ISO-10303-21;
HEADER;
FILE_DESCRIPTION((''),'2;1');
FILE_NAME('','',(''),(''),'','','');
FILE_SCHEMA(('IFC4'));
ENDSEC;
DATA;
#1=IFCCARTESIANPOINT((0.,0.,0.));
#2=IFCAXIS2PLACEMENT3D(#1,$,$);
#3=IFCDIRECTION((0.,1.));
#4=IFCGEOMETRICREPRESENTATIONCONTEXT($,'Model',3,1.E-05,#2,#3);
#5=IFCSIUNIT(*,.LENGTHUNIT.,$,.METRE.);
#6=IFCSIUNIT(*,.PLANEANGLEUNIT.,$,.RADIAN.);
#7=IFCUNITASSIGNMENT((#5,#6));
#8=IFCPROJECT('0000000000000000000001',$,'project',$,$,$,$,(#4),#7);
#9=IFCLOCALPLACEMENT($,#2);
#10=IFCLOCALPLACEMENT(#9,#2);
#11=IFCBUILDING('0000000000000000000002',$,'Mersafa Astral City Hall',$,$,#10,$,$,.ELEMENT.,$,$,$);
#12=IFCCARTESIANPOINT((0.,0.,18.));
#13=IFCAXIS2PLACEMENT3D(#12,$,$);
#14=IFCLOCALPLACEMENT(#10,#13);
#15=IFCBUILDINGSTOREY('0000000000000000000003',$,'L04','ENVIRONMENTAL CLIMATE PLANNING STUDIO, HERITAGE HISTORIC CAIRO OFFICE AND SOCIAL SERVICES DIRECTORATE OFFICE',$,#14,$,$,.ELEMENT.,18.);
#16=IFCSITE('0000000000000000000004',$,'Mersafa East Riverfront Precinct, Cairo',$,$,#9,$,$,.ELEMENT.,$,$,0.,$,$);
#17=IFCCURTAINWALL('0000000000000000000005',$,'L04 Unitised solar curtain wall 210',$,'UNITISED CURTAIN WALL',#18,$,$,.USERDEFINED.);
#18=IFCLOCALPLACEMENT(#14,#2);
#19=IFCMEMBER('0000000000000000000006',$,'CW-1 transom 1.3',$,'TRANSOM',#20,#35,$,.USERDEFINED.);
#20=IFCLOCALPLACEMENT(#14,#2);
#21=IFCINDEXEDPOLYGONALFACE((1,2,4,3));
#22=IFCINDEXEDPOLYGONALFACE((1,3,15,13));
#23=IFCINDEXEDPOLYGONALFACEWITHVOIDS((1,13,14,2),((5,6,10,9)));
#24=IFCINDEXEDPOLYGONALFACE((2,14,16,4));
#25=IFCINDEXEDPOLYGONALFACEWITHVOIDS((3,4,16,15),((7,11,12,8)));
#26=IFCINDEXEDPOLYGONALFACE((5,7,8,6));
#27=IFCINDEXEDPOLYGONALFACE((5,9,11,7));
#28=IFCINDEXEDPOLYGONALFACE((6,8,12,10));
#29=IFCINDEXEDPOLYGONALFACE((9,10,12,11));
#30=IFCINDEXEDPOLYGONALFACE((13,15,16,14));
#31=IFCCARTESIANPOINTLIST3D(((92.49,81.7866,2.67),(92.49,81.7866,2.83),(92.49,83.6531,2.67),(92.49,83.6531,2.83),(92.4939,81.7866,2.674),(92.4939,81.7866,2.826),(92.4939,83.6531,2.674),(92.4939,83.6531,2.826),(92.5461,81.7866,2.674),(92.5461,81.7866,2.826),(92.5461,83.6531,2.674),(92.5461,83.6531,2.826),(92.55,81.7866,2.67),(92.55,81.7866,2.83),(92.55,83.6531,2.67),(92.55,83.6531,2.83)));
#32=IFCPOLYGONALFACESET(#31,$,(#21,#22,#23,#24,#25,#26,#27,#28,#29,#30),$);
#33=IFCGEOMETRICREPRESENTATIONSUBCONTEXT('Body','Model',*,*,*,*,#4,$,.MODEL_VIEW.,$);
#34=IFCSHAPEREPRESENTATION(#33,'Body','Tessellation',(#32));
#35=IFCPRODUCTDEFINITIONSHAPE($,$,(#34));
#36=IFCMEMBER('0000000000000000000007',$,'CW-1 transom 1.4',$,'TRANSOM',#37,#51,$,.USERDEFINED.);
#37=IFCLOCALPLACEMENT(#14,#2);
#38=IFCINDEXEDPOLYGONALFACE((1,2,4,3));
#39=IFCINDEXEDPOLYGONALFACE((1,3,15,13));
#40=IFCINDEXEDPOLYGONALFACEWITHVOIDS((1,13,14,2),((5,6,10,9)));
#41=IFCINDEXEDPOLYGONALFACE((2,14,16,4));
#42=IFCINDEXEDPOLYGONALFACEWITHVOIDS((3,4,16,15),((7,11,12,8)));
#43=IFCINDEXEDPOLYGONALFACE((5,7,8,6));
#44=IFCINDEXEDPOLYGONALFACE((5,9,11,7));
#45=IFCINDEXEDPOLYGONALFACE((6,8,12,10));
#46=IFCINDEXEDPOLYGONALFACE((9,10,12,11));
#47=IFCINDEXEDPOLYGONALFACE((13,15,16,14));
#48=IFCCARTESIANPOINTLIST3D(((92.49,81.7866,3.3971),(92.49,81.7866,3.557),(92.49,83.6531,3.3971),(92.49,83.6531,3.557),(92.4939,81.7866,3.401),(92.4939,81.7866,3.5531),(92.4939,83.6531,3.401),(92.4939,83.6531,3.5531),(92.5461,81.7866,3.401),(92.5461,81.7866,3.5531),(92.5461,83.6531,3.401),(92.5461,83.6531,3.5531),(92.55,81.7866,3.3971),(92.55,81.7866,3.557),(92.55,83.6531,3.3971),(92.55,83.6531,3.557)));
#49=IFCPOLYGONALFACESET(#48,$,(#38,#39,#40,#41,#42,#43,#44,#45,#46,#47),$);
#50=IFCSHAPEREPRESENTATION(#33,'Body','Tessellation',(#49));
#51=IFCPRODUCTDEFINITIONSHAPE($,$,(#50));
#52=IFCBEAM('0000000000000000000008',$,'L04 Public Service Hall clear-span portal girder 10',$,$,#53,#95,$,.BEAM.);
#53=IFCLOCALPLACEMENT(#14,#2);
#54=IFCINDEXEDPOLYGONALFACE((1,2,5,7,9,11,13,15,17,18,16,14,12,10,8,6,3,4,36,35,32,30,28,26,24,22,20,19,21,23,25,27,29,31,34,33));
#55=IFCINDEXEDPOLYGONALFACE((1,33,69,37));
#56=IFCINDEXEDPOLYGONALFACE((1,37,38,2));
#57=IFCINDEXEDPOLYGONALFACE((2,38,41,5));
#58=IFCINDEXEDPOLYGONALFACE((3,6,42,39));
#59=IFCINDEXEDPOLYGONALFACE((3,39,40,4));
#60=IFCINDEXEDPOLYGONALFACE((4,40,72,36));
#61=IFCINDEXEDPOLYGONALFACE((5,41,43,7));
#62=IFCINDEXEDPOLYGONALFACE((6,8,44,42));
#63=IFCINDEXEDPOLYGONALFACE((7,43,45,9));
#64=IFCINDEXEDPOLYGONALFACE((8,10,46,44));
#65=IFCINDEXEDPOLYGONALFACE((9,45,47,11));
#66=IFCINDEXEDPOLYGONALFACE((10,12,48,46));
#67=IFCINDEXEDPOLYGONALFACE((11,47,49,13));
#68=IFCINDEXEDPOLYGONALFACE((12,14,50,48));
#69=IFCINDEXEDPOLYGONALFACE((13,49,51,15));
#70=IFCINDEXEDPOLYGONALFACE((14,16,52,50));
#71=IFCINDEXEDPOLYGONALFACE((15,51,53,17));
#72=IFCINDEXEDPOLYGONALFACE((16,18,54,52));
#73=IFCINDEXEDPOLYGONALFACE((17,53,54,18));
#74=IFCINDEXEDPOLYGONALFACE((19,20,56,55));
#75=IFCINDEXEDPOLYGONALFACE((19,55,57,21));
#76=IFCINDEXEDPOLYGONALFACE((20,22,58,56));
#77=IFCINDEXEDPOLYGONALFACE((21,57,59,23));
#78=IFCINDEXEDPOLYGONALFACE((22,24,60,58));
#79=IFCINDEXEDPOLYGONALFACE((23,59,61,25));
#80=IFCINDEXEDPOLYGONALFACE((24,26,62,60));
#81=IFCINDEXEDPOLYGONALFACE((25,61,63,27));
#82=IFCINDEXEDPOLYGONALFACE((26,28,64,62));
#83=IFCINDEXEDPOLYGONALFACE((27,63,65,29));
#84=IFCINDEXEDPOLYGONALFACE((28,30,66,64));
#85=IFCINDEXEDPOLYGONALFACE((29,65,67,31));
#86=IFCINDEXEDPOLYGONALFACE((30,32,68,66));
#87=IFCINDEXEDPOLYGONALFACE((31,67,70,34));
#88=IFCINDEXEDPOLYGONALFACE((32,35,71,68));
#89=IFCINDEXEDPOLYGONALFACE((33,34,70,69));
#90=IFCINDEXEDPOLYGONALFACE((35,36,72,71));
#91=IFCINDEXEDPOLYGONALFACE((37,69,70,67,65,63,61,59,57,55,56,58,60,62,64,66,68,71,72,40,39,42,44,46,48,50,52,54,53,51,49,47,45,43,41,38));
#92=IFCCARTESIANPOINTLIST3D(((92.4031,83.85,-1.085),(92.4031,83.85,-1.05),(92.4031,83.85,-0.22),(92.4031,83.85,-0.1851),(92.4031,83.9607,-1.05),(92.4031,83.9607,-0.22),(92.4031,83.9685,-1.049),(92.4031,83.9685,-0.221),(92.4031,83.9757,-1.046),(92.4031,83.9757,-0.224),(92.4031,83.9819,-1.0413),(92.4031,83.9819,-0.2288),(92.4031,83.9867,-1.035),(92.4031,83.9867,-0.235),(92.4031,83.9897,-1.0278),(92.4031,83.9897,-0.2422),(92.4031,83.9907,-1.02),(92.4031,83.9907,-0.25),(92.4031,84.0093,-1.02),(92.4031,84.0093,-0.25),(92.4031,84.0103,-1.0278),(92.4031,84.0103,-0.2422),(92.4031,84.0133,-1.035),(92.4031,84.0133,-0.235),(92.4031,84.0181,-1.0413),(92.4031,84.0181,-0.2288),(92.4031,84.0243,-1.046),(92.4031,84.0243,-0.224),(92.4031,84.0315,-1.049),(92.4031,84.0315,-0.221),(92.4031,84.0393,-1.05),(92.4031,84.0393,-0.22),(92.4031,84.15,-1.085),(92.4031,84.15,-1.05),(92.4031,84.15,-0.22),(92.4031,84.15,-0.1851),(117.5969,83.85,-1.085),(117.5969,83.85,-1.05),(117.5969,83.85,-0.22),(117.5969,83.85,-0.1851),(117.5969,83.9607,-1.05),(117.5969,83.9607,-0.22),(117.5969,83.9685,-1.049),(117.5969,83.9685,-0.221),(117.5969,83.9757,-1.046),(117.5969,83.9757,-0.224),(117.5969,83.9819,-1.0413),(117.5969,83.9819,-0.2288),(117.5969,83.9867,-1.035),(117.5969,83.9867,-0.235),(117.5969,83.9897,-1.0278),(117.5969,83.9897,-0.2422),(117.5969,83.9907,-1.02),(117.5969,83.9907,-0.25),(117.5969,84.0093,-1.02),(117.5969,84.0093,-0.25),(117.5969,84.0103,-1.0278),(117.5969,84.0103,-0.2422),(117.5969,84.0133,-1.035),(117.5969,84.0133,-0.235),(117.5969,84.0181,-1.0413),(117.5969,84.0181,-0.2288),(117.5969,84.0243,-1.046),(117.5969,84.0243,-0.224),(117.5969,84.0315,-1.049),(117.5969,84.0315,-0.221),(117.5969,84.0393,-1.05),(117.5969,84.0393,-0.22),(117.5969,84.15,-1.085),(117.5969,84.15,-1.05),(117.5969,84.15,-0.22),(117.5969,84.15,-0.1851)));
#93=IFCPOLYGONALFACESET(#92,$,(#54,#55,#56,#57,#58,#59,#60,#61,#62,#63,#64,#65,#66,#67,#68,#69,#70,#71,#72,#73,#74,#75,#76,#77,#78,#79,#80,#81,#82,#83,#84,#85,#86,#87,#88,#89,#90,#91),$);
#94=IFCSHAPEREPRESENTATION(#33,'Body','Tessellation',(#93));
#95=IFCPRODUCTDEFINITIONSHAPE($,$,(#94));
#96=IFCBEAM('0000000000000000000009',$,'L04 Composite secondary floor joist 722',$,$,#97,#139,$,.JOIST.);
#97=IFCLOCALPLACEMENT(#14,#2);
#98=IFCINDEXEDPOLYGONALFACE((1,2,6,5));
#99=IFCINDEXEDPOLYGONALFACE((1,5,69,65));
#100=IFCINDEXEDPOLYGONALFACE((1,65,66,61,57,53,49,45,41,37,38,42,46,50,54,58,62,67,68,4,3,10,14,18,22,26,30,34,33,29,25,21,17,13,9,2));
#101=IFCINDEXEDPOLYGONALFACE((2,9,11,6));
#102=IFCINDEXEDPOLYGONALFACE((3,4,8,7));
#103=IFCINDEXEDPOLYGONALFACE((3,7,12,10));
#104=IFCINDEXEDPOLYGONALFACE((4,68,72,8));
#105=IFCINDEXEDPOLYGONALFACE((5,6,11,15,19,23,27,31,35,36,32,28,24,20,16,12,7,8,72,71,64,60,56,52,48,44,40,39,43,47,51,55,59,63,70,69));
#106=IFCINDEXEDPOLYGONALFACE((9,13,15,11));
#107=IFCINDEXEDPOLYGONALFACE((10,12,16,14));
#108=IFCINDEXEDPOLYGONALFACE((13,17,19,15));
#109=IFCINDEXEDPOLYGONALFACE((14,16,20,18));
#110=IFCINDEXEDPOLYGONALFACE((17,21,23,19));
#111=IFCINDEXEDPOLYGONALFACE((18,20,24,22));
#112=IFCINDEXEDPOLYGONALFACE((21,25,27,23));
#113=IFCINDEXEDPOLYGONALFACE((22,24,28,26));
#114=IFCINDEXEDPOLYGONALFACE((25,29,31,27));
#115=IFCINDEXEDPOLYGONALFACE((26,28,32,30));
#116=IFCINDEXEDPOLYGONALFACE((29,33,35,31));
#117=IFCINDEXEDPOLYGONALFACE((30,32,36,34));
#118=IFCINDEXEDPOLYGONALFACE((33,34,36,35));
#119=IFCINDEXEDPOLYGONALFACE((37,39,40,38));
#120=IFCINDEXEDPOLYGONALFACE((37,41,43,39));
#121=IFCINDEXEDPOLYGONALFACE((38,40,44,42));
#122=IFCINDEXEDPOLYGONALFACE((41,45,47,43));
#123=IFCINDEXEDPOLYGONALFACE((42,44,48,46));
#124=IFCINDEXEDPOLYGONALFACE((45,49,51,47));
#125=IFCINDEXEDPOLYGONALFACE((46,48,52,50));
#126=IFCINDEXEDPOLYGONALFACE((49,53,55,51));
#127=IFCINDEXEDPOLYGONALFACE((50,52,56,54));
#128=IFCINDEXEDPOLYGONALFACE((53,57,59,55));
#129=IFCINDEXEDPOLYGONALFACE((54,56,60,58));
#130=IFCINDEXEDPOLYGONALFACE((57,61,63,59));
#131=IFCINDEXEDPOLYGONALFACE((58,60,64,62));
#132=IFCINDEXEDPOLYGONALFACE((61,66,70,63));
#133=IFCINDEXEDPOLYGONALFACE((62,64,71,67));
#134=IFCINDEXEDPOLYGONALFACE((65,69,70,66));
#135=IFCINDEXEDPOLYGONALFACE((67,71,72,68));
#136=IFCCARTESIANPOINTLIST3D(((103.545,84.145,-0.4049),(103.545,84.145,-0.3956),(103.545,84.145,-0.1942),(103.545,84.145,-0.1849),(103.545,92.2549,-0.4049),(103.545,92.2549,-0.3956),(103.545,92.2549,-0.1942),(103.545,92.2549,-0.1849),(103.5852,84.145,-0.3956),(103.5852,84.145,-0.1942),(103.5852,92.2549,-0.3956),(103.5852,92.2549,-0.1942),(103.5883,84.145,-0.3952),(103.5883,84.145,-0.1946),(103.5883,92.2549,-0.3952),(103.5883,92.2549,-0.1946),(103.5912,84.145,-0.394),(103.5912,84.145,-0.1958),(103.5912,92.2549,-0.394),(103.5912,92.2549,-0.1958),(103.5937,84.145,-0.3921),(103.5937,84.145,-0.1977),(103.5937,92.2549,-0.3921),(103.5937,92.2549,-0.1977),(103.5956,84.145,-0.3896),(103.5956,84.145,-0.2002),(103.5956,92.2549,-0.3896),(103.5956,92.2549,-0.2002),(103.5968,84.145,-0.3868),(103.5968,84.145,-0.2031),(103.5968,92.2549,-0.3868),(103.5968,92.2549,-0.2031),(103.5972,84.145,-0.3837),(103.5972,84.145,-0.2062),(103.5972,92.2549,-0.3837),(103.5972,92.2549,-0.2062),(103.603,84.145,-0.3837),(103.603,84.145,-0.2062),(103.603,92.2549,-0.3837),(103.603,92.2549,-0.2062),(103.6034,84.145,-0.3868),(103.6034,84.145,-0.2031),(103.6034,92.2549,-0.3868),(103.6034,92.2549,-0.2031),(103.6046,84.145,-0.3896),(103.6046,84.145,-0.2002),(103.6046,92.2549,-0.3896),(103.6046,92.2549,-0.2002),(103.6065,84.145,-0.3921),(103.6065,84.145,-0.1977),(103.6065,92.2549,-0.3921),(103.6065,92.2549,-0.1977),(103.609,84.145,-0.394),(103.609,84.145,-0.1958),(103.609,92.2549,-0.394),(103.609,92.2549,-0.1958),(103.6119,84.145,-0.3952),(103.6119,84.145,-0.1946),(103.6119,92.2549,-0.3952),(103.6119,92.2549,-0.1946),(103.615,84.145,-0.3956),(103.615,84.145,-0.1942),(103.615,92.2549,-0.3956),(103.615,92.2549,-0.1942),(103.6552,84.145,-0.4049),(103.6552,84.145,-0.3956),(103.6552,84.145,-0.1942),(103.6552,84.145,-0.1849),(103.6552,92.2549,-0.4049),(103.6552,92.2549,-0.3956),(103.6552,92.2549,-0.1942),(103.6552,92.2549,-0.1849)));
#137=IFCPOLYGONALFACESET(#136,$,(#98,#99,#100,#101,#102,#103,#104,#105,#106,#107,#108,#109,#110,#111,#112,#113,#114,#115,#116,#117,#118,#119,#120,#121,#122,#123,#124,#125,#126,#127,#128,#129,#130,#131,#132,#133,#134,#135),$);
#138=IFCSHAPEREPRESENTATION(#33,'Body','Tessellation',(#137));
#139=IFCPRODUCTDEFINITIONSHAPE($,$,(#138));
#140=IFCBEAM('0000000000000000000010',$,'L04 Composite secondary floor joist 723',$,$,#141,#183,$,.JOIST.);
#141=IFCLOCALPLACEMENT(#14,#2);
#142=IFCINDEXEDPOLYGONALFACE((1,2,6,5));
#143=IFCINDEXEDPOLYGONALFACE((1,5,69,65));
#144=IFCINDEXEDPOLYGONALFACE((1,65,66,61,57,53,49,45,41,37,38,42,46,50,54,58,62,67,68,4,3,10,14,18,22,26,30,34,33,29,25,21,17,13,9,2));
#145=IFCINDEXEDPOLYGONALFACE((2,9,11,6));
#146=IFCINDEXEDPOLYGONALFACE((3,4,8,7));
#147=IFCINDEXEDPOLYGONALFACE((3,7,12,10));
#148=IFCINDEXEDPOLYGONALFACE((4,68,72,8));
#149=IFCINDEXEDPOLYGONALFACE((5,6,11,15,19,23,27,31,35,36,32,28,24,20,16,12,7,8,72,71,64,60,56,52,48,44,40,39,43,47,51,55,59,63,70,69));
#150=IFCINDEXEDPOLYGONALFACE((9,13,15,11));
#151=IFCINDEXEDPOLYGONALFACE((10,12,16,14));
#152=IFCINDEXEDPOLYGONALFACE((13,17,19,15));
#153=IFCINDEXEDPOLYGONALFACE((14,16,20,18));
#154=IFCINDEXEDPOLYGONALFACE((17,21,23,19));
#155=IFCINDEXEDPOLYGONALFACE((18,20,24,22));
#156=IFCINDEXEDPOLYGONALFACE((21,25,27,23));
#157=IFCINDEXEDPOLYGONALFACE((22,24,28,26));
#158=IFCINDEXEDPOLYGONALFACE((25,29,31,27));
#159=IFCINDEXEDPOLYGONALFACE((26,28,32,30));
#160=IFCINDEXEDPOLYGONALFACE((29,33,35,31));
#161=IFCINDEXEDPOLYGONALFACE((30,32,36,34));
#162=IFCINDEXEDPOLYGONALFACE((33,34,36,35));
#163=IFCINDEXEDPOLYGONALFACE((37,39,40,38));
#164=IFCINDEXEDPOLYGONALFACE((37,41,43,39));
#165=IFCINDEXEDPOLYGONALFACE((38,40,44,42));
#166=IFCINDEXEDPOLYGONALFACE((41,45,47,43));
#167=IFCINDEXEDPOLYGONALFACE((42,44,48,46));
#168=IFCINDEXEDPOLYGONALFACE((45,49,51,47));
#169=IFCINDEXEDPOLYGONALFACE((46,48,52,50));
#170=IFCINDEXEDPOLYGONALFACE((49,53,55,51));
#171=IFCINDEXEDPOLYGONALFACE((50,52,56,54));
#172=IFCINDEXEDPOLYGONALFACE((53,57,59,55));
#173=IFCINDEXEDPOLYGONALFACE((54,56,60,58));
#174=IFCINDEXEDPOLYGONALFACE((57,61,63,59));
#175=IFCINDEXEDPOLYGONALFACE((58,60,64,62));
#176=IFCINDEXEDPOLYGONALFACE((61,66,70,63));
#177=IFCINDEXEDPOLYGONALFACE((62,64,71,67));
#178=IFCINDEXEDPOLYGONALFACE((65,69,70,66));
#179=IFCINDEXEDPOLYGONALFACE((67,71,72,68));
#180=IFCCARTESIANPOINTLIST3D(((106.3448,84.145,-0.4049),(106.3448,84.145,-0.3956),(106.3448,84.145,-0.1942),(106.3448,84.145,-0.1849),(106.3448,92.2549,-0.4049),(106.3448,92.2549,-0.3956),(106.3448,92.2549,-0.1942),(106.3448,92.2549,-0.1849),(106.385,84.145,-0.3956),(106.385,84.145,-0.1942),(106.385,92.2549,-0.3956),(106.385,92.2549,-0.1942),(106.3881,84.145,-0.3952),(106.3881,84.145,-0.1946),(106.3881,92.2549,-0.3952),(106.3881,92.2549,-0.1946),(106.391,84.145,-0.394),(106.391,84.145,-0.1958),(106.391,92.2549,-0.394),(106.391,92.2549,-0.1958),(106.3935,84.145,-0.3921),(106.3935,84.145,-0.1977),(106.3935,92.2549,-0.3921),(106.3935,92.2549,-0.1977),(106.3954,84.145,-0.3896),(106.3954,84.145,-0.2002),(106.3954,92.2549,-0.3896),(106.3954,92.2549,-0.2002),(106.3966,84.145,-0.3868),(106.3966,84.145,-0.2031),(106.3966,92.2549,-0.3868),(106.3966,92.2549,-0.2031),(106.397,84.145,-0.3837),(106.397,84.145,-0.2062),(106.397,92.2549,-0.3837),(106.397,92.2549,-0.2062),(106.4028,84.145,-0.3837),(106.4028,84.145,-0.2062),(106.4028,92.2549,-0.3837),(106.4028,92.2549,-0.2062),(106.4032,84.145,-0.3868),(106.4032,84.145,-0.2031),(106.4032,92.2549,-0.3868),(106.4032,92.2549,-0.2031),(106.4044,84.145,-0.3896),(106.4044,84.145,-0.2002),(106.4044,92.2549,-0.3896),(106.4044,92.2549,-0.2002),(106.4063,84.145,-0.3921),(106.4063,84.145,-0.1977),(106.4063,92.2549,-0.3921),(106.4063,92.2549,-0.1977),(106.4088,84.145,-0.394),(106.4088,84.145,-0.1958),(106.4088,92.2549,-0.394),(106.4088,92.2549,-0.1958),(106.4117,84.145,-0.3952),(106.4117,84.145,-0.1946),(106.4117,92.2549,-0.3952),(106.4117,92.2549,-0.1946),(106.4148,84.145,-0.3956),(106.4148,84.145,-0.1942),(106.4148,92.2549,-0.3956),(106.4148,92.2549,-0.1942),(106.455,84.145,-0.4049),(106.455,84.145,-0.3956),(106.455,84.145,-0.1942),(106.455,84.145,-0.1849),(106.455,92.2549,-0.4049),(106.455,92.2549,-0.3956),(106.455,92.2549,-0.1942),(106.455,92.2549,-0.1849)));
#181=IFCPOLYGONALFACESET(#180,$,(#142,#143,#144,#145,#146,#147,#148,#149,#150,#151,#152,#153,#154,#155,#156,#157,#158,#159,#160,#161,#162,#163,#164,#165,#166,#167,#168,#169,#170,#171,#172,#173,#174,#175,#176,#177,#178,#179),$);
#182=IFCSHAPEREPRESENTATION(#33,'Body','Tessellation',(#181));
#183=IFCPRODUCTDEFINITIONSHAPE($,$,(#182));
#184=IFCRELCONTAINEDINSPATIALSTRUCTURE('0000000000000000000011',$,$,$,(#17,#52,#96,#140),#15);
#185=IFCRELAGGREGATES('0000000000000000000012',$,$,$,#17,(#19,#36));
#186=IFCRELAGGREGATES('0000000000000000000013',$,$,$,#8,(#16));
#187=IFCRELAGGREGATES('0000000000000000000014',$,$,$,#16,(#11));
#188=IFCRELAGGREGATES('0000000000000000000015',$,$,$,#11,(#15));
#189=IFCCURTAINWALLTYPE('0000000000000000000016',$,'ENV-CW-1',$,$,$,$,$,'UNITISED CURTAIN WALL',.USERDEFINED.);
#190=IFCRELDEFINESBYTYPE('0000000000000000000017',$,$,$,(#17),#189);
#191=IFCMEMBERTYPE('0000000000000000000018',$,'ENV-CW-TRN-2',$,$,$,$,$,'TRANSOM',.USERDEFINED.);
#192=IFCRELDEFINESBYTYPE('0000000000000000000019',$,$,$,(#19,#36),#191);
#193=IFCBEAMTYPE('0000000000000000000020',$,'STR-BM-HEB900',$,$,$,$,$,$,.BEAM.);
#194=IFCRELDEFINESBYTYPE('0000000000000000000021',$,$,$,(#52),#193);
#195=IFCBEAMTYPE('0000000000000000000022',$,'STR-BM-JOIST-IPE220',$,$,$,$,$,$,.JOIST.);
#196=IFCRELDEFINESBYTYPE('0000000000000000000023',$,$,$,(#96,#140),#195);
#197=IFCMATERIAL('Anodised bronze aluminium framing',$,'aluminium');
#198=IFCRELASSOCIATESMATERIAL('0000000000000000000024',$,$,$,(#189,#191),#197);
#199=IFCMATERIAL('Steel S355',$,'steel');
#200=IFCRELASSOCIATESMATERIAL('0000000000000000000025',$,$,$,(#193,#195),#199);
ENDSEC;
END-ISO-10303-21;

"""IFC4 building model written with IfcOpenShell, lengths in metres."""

from ifc_helpers import new_model, si_unit, direction, frame, origin, origin_2d, place, context, subcontext, project, spatial, hollow_rectangle, i_section, extrude, material, material_profile, profile_set, type_object, element, aggregate, save


model = new_model("IFC4")

# Units and contexts
model_context = context("Model", 3, precision=1e-05, world=origin(), true_north=direction((0.0, 1.0)))
body_context = subcontext(model_context, "Body", "Model", "MODEL_VIEW")
ifc_project = project(units=[si_unit("LENGTHUNIT", "METRE"), si_unit("PLANEANGLEUNIT", "RADIAN")], contexts=[model_context])

# Site, building, storey
site_placement = place(None, origin())
site = spatial("IfcSite", under=ifc_project, at=site_placement, Name="Mersafa East Riverfront Precinct, Cairo", CompositionType="ELEMENT", RefElevation=0.0)
building_placement = place(site_placement, origin())
building = spatial("IfcBuilding", under=site, at=building_placement, Name="Mersafa Astral City Hall", CompositionType="ELEMENT")
storey_placement = place(building_placement, frame((0.0, 0.0, 18.0)))
storey = spatial("IfcBuildingStorey", under=building, at=storey_placement, Name="L04", Description="ENVIRONMENTAL CLIMATE PLANNING STUDIO, HERITAGE HISTORIC CAIRO OFFICE AND SOCIAL SERVICES DIRECTORATE OFFICE", CompositionType="ELEMENT", Elevation=18.0)

# Shared definitions
ifc_material_1 = material(Name="Steel S355", Category="steel")

# Shared definitions
ifc_material_2 = material(Name="Anodised bronze aluminium framing", Category="aluminium")

# Curtain wall
curtain_wall_type_1 = type_object("IfcCurtainWallType", Name="ENV-CW-1", ElementType="UNITISED CURTAIN WALL", PredefinedType="USERDEFINED", material=ifc_material_2)
curtain_wall_1_placement = place(storey_placement, origin())
curtain_wall_1 = element("IfcCurtainWall", 1, at=curtain_wall_1_placement, inside=storey, type_object=curtain_wall_type_1, Name="L04 Unitised solar curtain wall 210", ObjectType="UNITISED CURTAIN WALL", PredefinedType="USERDEFINED")

# Members
ifc_material_profile_1 = material_profile(ifc_material_2, hollow_rectangle(XDim=0.0601, YDim=0.1599, WallThickness=0.0039, at=origin_2d()), Name="RHS 60x160x4")
ifc_profile_set_1 = profile_set([ifc_material_profile_1], Name="Anodised bronze aluminium framing")
member_type_1 = type_object("IfcMemberType", Name="ENV-CW-TRN-2", ElementType="TRANSOM", PredefinedType="USERDEFINED", material=ifc_profile_set_1)
member_1_placement = place(storey_placement, frame((92.52, 83.6531, 2.75), z_axis=(0.0, -1.0, 0.0), x_axis=(1.0, 0.0, 0.0)))
member_1 = element("IfcMember", 2, at=member_1_placement, type_object=member_type_1, Name="CW-1 transom 1.3", ObjectType="TRANSOM", PredefinedType="USERDEFINED", context=body_context, shape_type="SweptSolid", body=[
    extrude(hollow_rectangle(XDim=0.0601, YDim=0.1599, WallThickness=0.0039, at=origin_2d()), origin(), (0.0, 0.0, 1.0), 1.8665),
])
member_2_placement = place(storey_placement, frame((92.52, 83.6531, 3.4771), z_axis=(0.0, -1.0, 0.0), x_axis=(1.0, 0.0, 0.0)))
member_2 = element("IfcMember", 3, at=member_2_placement, type_object=member_type_1, Name="CW-1 transom 1.4", ObjectType="TRANSOM", PredefinedType="USERDEFINED", context=body_context, shape_type="SweptSolid", body=[
    extrude(hollow_rectangle(XDim=0.0601, YDim=0.1599, WallThickness=0.0039, at=origin_2d()), origin(), (0.0, 0.0, 1.0), 1.8665),
])
aggregate(curtain_wall_1, [member_1, member_2])

# Beams
ifc_material_profile_2 = material_profile(ifc_material_1, i_section(OverallWidth=0.3, OverallDepth=0.8999, WebThickness=0.0186, FlangeThickness=0.0349, FilletRadius=0.03, at=origin_2d()), Name="HEB 900")
ifc_profile_set_2 = profile_set([ifc_material_profile_2], Name="Steel S355")
beam_type_1 = type_object("IfcBeamType", Name="STR-BM-HEB900", PredefinedType="BEAM", material=ifc_profile_set_2)
beam_1_placement = place(storey_placement, frame((92.4031, 84.0, -0.635), z_axis=(1.0, 0.0, 0.0), x_axis=(0.0, 1.0, 0.0)))
element("IfcBeam", 4, at=beam_1_placement, inside=storey, type_object=beam_type_1, Name="L04 Public Service Hall clear-span portal girder 10", PredefinedType="BEAM", context=body_context, shape_type="SweptSolid", body=[
    extrude(i_section(OverallWidth=0.3, OverallDepth=0.8999, WebThickness=0.0186, FlangeThickness=0.0349, FilletRadius=0.03, at=origin_2d()), origin(), (0.0, 0.0, 1.0), 25.1938),
])
ifc_material_profile_3 = material_profile(ifc_material_1, i_section(OverallWidth=0.1101, OverallDepth=0.22, WebThickness=0.0059, FlangeThickness=0.0093, FilletRadius=0.012, at=origin_2d()), Name="IPE 220")
ifc_profile_set_3 = profile_set([ifc_material_profile_3], Name="Steel S355")
beam_type_2 = type_object("IfcBeamType", Name="STR-BM-JOIST-IPE220", PredefinedType="JOIST", material=ifc_profile_set_3)
for number, where, z_axis, x_axis, name in (
    (5, (103.6001, 84.145, -0.2949), (0.0, 1.0, 0.0), (-1.0, 0.0, 0.0), "L04 Composite secondary floor joist 722"),
    (6, (106.3999, 84.145, -0.2949), (0.0, 1.0, 0.0), (-1.0, 0.0, 0.0), "L04 Composite secondary floor joist 723"),
):
    element("IfcBeam", number, at=place(storey_placement, frame(where, z_axis=z_axis, x_axis=x_axis)), inside=storey, type_object=beam_type_2, Name=name, PredefinedType="JOIST", context=body_context, shape_type="SweptSolid", body=[
        extrude(i_section(OverallWidth=0.1101, OverallDepth=0.22, WebThickness=0.0059, FlangeThickness=0.0093, FilletRadius=0.012, at=origin_2d()), origin(), (0.0, 0.0, 1.0), 8.1099),
    ])

save(model, "model.ifc")
